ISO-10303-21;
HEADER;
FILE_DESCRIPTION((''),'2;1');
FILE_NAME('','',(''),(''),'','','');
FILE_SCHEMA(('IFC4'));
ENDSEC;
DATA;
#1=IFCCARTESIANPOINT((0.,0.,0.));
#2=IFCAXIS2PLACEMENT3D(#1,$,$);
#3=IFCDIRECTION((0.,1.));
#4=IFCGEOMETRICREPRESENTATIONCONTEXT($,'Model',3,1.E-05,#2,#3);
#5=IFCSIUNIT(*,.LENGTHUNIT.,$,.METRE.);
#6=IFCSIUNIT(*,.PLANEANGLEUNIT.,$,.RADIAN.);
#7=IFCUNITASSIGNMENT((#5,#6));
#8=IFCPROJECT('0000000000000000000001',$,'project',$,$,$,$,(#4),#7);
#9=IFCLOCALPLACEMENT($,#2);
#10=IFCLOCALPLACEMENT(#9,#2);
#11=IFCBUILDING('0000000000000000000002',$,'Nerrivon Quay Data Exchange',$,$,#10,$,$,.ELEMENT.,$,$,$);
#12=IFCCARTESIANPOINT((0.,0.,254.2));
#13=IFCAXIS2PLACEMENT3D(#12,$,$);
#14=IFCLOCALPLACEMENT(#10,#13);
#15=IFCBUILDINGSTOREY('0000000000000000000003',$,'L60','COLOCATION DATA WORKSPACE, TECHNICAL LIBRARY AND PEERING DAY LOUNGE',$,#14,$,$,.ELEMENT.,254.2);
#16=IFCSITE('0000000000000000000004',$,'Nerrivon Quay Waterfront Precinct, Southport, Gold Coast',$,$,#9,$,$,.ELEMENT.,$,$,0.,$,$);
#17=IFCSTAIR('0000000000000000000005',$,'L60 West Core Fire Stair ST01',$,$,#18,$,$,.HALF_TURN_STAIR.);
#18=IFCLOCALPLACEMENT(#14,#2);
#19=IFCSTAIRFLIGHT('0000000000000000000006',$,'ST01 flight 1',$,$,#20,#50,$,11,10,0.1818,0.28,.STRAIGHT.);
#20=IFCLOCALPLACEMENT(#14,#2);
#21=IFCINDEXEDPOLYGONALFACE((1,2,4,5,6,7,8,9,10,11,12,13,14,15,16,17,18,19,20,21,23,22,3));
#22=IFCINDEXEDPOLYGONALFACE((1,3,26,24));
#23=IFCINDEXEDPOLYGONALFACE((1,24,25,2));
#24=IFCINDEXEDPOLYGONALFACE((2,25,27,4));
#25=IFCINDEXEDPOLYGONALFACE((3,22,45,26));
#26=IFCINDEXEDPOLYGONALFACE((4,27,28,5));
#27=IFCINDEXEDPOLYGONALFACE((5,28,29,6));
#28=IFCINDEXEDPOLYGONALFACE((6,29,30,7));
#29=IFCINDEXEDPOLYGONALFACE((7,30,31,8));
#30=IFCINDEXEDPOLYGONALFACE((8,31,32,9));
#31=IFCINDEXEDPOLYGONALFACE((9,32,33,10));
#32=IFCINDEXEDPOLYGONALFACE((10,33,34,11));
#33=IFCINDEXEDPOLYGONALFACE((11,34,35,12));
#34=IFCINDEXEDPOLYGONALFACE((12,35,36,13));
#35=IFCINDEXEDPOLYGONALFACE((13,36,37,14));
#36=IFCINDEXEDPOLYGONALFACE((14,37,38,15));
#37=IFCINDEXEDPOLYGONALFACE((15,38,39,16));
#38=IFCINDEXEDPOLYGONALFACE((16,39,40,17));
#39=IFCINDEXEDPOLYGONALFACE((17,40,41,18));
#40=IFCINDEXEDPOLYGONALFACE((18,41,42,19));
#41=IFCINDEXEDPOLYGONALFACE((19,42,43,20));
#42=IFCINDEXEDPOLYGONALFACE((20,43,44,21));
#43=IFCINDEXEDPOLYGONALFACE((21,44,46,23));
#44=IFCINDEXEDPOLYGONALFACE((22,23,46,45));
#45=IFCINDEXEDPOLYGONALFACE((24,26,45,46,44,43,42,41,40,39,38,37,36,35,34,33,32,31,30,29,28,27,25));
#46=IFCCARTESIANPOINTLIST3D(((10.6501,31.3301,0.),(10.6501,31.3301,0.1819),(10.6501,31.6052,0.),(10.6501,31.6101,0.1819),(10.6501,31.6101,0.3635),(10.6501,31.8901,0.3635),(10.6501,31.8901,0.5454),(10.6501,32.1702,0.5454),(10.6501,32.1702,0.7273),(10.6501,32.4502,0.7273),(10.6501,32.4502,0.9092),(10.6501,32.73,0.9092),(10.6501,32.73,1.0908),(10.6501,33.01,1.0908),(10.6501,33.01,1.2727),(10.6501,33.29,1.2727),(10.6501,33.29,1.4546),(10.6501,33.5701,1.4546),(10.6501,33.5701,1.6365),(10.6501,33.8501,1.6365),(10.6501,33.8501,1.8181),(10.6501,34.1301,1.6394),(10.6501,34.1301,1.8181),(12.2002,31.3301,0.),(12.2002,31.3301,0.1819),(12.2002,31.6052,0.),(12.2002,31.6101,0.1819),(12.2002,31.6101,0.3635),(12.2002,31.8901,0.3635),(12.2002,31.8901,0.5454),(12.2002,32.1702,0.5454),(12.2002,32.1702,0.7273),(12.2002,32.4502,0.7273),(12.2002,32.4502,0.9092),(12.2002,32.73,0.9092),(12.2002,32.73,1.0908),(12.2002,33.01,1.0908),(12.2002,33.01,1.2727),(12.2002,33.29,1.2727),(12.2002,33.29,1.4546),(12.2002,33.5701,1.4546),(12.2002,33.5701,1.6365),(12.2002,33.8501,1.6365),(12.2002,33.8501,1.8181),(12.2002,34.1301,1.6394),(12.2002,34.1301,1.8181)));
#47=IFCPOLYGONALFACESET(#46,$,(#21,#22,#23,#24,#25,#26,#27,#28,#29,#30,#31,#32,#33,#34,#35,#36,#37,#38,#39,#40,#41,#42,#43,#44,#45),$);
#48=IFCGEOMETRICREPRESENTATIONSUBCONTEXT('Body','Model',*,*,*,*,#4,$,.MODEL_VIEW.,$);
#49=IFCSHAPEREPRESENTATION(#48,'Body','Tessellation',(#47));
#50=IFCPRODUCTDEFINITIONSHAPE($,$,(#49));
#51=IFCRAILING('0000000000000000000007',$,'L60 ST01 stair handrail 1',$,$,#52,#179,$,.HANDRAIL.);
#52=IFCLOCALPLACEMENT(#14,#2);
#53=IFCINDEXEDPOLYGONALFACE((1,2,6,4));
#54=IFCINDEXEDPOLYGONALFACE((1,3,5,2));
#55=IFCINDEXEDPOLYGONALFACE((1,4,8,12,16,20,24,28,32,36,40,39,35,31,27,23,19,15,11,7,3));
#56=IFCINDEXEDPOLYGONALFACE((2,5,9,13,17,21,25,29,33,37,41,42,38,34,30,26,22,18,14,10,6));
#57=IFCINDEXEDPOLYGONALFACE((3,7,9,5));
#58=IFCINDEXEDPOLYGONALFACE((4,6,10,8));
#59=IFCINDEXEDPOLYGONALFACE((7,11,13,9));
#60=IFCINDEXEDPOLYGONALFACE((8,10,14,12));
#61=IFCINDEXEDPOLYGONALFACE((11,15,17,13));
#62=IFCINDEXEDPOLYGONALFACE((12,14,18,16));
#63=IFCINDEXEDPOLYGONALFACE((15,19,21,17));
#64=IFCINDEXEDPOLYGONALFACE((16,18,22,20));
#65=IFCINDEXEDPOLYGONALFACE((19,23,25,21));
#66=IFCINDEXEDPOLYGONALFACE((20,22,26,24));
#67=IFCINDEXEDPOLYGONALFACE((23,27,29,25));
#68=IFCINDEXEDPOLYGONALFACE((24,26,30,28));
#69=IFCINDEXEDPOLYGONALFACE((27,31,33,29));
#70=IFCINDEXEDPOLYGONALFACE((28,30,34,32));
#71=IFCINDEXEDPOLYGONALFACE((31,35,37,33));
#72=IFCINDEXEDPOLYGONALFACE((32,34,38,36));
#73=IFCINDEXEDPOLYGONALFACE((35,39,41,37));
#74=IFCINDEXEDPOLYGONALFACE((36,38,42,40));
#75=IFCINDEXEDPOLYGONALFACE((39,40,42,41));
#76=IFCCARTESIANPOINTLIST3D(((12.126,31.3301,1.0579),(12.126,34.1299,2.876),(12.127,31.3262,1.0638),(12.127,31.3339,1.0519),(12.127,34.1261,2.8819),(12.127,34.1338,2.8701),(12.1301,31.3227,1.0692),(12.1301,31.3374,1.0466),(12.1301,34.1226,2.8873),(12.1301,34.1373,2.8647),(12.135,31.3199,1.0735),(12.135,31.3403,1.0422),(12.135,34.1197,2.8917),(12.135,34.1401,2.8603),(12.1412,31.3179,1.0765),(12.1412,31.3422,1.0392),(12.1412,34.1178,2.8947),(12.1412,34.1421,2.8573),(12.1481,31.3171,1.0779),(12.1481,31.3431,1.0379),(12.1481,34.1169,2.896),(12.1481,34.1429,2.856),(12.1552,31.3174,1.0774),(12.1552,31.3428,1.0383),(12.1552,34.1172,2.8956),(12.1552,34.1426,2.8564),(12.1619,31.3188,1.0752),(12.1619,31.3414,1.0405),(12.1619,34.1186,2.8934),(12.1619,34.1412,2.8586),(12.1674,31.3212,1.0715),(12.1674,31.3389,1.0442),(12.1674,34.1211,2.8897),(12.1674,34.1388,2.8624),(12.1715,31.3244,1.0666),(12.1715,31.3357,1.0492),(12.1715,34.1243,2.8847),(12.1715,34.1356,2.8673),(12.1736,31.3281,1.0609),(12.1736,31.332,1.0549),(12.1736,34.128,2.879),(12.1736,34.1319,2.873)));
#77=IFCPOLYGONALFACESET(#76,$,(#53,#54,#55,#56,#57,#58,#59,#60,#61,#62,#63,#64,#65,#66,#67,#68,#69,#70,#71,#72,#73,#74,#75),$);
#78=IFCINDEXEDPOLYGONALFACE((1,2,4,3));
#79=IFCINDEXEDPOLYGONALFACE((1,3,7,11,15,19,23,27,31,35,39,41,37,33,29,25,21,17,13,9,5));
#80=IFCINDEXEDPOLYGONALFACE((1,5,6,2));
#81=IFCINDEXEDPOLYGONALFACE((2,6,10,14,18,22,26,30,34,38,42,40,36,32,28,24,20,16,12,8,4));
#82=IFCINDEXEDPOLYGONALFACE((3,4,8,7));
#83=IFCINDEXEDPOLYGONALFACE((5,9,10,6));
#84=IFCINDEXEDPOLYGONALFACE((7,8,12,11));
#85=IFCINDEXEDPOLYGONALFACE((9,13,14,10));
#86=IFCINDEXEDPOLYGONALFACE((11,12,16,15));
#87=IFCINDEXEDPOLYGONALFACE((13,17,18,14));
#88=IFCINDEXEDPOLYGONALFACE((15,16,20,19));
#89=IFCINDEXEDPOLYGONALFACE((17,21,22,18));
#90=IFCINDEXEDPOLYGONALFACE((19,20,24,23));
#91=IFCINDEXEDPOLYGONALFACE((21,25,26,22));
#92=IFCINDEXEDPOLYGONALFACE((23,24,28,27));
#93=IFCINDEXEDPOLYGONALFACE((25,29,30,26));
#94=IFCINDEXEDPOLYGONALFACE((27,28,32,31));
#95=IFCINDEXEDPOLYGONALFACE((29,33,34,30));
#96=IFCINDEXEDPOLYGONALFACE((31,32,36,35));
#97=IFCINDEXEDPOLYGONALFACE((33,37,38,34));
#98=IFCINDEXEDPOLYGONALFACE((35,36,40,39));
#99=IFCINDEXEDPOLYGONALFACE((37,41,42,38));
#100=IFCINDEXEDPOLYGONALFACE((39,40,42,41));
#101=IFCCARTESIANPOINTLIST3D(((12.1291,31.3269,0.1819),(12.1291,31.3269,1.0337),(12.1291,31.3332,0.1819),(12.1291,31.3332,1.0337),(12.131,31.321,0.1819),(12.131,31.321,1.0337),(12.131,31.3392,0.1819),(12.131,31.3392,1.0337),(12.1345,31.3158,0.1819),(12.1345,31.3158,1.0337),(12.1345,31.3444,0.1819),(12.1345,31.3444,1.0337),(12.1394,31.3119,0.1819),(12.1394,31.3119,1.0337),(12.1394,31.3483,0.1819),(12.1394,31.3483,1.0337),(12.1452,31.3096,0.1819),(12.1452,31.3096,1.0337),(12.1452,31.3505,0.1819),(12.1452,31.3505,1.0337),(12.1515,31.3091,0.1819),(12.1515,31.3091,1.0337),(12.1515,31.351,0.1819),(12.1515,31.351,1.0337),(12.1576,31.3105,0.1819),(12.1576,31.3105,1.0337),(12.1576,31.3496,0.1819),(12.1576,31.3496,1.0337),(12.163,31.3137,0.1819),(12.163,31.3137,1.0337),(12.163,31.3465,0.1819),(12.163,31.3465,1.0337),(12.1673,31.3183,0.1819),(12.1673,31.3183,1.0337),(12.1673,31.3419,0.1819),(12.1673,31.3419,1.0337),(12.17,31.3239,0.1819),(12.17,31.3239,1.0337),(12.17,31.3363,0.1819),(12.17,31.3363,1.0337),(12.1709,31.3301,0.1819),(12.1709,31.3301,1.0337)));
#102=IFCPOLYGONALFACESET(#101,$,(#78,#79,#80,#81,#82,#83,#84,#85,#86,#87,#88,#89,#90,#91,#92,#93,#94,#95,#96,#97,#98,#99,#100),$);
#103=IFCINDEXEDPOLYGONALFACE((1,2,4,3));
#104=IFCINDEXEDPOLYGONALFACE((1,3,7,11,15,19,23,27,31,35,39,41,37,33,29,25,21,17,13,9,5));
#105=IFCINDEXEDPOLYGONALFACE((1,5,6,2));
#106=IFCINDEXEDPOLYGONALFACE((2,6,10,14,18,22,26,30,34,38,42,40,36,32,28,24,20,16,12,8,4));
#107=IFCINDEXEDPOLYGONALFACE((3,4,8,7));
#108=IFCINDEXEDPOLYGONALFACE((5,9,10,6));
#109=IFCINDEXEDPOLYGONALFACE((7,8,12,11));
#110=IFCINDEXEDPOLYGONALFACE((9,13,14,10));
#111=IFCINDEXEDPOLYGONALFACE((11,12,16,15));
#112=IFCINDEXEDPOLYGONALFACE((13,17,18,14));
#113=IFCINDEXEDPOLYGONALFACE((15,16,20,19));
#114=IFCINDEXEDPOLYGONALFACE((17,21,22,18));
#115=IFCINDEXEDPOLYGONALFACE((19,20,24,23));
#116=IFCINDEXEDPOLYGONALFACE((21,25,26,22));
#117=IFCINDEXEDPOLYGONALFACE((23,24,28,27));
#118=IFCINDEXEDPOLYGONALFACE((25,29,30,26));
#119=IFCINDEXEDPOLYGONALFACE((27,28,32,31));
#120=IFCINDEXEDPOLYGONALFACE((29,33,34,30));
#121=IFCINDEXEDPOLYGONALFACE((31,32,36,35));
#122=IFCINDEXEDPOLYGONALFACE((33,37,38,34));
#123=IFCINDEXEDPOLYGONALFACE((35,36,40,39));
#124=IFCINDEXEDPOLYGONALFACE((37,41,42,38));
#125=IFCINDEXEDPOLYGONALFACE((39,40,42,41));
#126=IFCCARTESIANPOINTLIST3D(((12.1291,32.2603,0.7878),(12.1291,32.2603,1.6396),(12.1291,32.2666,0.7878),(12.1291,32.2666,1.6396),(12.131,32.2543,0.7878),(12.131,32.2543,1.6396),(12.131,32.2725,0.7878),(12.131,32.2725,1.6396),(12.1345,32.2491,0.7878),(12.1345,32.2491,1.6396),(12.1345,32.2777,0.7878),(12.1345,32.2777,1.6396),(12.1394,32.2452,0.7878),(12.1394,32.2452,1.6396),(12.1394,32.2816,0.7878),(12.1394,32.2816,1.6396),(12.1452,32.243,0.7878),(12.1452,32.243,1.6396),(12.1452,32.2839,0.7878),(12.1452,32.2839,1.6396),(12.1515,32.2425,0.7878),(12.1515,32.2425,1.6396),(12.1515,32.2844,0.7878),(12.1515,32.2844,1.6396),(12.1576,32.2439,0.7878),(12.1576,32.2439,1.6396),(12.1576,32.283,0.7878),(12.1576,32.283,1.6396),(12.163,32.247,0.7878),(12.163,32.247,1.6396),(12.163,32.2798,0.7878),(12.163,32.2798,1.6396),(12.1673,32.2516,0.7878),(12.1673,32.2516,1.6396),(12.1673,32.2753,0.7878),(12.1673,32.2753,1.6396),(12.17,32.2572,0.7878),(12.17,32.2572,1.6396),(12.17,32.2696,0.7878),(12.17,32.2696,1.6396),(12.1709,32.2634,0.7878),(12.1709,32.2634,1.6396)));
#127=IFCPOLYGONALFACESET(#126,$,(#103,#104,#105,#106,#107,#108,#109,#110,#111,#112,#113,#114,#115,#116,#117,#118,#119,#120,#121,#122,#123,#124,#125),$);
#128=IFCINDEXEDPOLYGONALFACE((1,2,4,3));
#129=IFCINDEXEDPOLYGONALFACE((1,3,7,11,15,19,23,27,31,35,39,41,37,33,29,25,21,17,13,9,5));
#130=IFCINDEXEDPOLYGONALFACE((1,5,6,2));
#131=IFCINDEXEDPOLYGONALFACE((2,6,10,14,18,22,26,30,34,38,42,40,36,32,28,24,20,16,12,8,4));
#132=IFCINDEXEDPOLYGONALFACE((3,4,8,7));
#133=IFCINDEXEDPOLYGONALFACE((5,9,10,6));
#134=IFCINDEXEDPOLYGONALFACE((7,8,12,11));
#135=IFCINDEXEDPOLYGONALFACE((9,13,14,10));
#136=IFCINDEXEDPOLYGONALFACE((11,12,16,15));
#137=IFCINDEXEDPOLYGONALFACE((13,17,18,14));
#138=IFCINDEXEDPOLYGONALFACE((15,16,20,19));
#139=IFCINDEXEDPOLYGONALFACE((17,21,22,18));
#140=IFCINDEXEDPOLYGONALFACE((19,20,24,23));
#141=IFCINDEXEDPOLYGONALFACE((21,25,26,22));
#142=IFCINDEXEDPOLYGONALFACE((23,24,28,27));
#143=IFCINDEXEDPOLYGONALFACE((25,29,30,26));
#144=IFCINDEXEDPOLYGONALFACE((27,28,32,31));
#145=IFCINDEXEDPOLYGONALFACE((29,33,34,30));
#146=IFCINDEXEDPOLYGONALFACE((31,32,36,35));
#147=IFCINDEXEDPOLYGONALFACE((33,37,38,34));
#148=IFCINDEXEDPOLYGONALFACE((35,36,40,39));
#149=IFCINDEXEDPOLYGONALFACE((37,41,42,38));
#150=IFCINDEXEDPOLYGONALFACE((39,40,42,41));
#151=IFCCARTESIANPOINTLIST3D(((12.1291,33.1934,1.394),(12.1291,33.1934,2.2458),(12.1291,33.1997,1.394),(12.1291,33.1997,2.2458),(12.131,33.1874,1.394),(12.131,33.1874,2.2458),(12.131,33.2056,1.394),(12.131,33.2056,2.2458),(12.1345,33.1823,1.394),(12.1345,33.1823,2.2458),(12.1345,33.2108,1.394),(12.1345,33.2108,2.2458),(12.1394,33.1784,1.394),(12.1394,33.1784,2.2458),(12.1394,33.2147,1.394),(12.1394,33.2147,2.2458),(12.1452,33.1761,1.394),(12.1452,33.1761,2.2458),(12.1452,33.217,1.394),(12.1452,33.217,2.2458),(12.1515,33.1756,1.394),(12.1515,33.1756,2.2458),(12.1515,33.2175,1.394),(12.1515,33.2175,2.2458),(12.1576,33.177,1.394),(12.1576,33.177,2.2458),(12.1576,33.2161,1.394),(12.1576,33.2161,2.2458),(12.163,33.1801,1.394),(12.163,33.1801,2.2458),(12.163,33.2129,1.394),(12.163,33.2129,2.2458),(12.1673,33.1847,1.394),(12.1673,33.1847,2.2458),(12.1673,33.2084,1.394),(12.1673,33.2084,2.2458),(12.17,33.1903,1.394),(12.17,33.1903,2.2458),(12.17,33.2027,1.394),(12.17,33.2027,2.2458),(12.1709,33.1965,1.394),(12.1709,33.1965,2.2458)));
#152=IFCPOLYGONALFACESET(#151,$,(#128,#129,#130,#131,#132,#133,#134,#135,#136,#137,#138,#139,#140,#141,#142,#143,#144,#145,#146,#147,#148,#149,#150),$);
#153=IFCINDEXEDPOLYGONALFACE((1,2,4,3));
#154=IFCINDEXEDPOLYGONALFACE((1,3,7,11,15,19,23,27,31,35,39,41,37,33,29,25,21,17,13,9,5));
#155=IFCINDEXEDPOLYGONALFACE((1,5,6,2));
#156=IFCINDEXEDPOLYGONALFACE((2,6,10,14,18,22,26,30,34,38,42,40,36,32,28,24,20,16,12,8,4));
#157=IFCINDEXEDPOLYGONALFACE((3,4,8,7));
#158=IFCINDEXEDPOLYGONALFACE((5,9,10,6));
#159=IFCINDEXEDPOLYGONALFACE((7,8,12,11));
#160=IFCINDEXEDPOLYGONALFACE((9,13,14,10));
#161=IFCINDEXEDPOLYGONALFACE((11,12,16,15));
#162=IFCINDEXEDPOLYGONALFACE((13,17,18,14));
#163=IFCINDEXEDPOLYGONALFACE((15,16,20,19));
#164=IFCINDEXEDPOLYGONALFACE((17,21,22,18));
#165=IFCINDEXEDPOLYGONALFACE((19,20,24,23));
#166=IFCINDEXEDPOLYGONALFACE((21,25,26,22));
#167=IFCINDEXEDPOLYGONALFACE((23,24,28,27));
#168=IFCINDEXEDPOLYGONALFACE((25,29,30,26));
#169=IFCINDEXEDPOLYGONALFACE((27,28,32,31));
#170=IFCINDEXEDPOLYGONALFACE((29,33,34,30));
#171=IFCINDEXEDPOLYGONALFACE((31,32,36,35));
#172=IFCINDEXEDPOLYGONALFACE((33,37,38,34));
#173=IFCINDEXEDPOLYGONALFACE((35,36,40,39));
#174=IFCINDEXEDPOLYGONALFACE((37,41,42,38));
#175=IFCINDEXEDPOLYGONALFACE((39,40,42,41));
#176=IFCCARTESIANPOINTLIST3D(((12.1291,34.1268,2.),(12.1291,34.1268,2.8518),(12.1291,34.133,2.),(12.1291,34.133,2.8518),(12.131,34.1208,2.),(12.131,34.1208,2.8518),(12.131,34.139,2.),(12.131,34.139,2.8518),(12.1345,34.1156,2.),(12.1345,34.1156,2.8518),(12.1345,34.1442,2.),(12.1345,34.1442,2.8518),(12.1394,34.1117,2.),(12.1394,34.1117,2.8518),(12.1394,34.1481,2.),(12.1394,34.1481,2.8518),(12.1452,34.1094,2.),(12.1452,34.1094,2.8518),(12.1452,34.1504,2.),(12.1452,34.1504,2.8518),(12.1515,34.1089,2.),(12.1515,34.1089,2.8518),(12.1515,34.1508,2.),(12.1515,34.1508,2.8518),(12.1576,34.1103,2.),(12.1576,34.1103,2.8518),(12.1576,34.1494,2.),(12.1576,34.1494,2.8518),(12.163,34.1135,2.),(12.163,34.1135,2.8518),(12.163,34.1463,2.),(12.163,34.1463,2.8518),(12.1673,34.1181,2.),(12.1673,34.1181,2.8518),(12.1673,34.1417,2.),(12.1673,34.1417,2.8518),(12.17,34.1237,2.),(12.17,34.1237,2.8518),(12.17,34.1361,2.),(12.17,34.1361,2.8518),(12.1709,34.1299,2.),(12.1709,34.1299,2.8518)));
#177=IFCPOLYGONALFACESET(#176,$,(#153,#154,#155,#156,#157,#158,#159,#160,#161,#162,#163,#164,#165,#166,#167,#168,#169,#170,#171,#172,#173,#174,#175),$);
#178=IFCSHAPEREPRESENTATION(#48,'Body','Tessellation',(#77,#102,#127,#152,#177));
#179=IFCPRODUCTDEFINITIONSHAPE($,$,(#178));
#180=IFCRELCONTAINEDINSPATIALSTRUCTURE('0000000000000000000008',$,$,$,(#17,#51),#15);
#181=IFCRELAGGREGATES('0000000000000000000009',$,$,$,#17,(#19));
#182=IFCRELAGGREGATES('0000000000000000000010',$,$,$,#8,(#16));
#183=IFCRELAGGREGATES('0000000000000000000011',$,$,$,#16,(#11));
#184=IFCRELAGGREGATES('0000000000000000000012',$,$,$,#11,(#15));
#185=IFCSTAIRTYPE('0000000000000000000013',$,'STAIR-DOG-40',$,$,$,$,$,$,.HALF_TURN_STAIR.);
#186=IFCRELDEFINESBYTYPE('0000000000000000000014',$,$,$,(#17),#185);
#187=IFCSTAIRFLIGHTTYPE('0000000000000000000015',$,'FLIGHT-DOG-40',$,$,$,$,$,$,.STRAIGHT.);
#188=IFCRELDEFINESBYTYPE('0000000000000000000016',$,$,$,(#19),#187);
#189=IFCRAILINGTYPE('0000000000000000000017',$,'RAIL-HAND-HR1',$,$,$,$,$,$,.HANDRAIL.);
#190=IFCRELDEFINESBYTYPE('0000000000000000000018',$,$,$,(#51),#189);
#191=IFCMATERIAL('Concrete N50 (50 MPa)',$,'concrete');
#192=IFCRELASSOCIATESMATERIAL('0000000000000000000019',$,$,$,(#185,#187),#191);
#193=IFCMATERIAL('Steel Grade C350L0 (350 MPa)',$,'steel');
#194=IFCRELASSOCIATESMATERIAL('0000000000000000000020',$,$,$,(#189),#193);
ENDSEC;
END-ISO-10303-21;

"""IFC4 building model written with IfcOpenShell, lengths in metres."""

from ifc_helpers import new_model, si_unit, direction, frame, origin, origin_2d, place, context, subcontext, project, spatial, polyline, circle, outline, extrude, material, type_object, element, aggregate, save


model = new_model("IFC4")

# Units and contexts
model_context = context("Model", 3, precision=1e-05, world=origin(), true_north=direction((0.0, 1.0)))
body_context = subcontext(model_context, "Body", "Model", "MODEL_VIEW")
ifc_project = project(units=[si_unit("LENGTHUNIT", "METRE"), si_unit("PLANEANGLEUNIT", "RADIAN")], contexts=[model_context])

# Site, building, storey
site_placement = place(None, origin())
site = spatial("IfcSite", under=ifc_project, at=site_placement, Name="Nerrivon Quay Waterfront Precinct, Southport, Gold Coast", CompositionType="ELEMENT", RefElevation=0.0)
building_placement = place(site_placement, origin())
building = spatial("IfcBuilding", under=site, at=building_placement, Name="Nerrivon Quay Data Exchange", CompositionType="ELEMENT")
storey_placement = place(building_placement, frame((0.0, 0.0, 254.2)))
storey = spatial("IfcBuildingStorey", under=building, at=storey_placement, Name="L60", Description="COLOCATION DATA WORKSPACE, TECHNICAL LIBRARY AND PEERING DAY LOUNGE", CompositionType="ELEMENT", Elevation=254.2)

# Shared definitions
ifc_material_1 = material(Name="Concrete N50 (50 MPa)", Category="concrete")

# Stair, stair flight
stair_type = type_object("IfcStairType", Name="STAIR-DOG-40", PredefinedType="HALF_TURN_STAIR", material=ifc_material_1)
stair_placement = place(storey_placement, origin())
stair = element("IfcStair", 1, at=stair_placement, inside=storey, type_object=stair_type, Name="L60 West Core Fire Stair ST01", PredefinedType="HALF_TURN_STAIR")
stair_flight_type = type_object("IfcStairFlightType", Name="FLIGHT-DOG-40", PredefinedType="STRAIGHT", material=ifc_material_1)
stair_flight_placement = place(storey_placement, frame((11.425, 31.3301, 0.0), z_axis=(0.0, 0.0, 1.0), x_axis=(0.0, 1.0, 0.0)))
stair_flight = element("IfcStairFlight", 2, at=stair_flight_placement, type_object=stair_flight_type, Name="ST01 flight 1", NumberOfRisers=11, NumberOfTreads=10, PredefinedType="STRAIGHT", RiserHeight=0.1818, TreadLength=0.28, context=body_context, shape_type="SweptSolid", body=[
    extrude(outline(polyline([(0.0, 0.0), (0.0, 0.1819), (0.28, 0.1819), (0.28, 0.3635), (0.5601, 0.3635), (0.5601, 0.5454), (0.8401, 0.5454), (0.8401, 0.7273), (1.1201, 0.7273), (1.1201, 0.9092), (1.3999, 0.9092), (1.3999, 1.0908), (1.6799, 1.0908), (1.6799, 1.2727), (1.96, 1.2727), (1.96, 1.4546), (2.24, 1.4546), (2.24, 1.6365), (2.52, 1.6365), (2.52, 1.8181), (2.8, 1.8181), (2.8, 2.0), (2.8, 1.6394), (0.2751, 0.0), (0.0, 0.0)])), frame((0.0, 0.7749, 0.0), z_axis=(0.0, -1.0, 0.0), x_axis=(1.0, 0.0, 0.0)), (0.0, 0.0, 1.0), 1.55),
])
aggregate(stair, [stair_flight])

# Railing
ifc_material_2 = material(Name="Steel Grade C350L0 (350 MPa)", Category="steel")
railing_type_1 = type_object("IfcRailingType", Name="RAIL-HAND-HR1", PredefinedType="HANDRAIL", material=ifc_material_2)
railing_1_placement = place(storey_placement, frame((12.1499, 31.3301, 0.1819)))
element("IfcRailing", 3, at=railing_1_placement, inside=storey, type_object=railing_type_1, Name="L60 ST01 stair handrail 1", PredefinedType="HANDRAIL", context=body_context, shape_type="SweptSolid", body=[
    extrude(circle(Radius=0.0239, at=origin_2d()), frame((0.0, 0.0, 0.876), z_axis=(0.0, 0.838684, 0.544618), x_axis=(-1.0, 0.0, 0.0)), (0.0, 0.0, 1.0), 3.3384),
    extrude(circle(Radius=0.021, at=origin_2d()), origin(), (0.0, 0.0, 1.0), 0.8518),
    extrude(circle(Radius=0.021, at=origin_2d()), frame((0.0, 0.9333, 0.606)), (0.0, 0.0, 1.0), 0.8518),
    extrude(circle(Radius=0.021, at=origin_2d()), frame((0.0, 1.8665, 1.2122)), (0.0, 0.0, 1.0), 0.8518),
    extrude(circle(Radius=0.021, at=origin_2d()), frame((0.0, 2.7998, 1.8181)), (0.0, 0.0, 1.0), 0.8518),
])

save(model, "model.ifc")
